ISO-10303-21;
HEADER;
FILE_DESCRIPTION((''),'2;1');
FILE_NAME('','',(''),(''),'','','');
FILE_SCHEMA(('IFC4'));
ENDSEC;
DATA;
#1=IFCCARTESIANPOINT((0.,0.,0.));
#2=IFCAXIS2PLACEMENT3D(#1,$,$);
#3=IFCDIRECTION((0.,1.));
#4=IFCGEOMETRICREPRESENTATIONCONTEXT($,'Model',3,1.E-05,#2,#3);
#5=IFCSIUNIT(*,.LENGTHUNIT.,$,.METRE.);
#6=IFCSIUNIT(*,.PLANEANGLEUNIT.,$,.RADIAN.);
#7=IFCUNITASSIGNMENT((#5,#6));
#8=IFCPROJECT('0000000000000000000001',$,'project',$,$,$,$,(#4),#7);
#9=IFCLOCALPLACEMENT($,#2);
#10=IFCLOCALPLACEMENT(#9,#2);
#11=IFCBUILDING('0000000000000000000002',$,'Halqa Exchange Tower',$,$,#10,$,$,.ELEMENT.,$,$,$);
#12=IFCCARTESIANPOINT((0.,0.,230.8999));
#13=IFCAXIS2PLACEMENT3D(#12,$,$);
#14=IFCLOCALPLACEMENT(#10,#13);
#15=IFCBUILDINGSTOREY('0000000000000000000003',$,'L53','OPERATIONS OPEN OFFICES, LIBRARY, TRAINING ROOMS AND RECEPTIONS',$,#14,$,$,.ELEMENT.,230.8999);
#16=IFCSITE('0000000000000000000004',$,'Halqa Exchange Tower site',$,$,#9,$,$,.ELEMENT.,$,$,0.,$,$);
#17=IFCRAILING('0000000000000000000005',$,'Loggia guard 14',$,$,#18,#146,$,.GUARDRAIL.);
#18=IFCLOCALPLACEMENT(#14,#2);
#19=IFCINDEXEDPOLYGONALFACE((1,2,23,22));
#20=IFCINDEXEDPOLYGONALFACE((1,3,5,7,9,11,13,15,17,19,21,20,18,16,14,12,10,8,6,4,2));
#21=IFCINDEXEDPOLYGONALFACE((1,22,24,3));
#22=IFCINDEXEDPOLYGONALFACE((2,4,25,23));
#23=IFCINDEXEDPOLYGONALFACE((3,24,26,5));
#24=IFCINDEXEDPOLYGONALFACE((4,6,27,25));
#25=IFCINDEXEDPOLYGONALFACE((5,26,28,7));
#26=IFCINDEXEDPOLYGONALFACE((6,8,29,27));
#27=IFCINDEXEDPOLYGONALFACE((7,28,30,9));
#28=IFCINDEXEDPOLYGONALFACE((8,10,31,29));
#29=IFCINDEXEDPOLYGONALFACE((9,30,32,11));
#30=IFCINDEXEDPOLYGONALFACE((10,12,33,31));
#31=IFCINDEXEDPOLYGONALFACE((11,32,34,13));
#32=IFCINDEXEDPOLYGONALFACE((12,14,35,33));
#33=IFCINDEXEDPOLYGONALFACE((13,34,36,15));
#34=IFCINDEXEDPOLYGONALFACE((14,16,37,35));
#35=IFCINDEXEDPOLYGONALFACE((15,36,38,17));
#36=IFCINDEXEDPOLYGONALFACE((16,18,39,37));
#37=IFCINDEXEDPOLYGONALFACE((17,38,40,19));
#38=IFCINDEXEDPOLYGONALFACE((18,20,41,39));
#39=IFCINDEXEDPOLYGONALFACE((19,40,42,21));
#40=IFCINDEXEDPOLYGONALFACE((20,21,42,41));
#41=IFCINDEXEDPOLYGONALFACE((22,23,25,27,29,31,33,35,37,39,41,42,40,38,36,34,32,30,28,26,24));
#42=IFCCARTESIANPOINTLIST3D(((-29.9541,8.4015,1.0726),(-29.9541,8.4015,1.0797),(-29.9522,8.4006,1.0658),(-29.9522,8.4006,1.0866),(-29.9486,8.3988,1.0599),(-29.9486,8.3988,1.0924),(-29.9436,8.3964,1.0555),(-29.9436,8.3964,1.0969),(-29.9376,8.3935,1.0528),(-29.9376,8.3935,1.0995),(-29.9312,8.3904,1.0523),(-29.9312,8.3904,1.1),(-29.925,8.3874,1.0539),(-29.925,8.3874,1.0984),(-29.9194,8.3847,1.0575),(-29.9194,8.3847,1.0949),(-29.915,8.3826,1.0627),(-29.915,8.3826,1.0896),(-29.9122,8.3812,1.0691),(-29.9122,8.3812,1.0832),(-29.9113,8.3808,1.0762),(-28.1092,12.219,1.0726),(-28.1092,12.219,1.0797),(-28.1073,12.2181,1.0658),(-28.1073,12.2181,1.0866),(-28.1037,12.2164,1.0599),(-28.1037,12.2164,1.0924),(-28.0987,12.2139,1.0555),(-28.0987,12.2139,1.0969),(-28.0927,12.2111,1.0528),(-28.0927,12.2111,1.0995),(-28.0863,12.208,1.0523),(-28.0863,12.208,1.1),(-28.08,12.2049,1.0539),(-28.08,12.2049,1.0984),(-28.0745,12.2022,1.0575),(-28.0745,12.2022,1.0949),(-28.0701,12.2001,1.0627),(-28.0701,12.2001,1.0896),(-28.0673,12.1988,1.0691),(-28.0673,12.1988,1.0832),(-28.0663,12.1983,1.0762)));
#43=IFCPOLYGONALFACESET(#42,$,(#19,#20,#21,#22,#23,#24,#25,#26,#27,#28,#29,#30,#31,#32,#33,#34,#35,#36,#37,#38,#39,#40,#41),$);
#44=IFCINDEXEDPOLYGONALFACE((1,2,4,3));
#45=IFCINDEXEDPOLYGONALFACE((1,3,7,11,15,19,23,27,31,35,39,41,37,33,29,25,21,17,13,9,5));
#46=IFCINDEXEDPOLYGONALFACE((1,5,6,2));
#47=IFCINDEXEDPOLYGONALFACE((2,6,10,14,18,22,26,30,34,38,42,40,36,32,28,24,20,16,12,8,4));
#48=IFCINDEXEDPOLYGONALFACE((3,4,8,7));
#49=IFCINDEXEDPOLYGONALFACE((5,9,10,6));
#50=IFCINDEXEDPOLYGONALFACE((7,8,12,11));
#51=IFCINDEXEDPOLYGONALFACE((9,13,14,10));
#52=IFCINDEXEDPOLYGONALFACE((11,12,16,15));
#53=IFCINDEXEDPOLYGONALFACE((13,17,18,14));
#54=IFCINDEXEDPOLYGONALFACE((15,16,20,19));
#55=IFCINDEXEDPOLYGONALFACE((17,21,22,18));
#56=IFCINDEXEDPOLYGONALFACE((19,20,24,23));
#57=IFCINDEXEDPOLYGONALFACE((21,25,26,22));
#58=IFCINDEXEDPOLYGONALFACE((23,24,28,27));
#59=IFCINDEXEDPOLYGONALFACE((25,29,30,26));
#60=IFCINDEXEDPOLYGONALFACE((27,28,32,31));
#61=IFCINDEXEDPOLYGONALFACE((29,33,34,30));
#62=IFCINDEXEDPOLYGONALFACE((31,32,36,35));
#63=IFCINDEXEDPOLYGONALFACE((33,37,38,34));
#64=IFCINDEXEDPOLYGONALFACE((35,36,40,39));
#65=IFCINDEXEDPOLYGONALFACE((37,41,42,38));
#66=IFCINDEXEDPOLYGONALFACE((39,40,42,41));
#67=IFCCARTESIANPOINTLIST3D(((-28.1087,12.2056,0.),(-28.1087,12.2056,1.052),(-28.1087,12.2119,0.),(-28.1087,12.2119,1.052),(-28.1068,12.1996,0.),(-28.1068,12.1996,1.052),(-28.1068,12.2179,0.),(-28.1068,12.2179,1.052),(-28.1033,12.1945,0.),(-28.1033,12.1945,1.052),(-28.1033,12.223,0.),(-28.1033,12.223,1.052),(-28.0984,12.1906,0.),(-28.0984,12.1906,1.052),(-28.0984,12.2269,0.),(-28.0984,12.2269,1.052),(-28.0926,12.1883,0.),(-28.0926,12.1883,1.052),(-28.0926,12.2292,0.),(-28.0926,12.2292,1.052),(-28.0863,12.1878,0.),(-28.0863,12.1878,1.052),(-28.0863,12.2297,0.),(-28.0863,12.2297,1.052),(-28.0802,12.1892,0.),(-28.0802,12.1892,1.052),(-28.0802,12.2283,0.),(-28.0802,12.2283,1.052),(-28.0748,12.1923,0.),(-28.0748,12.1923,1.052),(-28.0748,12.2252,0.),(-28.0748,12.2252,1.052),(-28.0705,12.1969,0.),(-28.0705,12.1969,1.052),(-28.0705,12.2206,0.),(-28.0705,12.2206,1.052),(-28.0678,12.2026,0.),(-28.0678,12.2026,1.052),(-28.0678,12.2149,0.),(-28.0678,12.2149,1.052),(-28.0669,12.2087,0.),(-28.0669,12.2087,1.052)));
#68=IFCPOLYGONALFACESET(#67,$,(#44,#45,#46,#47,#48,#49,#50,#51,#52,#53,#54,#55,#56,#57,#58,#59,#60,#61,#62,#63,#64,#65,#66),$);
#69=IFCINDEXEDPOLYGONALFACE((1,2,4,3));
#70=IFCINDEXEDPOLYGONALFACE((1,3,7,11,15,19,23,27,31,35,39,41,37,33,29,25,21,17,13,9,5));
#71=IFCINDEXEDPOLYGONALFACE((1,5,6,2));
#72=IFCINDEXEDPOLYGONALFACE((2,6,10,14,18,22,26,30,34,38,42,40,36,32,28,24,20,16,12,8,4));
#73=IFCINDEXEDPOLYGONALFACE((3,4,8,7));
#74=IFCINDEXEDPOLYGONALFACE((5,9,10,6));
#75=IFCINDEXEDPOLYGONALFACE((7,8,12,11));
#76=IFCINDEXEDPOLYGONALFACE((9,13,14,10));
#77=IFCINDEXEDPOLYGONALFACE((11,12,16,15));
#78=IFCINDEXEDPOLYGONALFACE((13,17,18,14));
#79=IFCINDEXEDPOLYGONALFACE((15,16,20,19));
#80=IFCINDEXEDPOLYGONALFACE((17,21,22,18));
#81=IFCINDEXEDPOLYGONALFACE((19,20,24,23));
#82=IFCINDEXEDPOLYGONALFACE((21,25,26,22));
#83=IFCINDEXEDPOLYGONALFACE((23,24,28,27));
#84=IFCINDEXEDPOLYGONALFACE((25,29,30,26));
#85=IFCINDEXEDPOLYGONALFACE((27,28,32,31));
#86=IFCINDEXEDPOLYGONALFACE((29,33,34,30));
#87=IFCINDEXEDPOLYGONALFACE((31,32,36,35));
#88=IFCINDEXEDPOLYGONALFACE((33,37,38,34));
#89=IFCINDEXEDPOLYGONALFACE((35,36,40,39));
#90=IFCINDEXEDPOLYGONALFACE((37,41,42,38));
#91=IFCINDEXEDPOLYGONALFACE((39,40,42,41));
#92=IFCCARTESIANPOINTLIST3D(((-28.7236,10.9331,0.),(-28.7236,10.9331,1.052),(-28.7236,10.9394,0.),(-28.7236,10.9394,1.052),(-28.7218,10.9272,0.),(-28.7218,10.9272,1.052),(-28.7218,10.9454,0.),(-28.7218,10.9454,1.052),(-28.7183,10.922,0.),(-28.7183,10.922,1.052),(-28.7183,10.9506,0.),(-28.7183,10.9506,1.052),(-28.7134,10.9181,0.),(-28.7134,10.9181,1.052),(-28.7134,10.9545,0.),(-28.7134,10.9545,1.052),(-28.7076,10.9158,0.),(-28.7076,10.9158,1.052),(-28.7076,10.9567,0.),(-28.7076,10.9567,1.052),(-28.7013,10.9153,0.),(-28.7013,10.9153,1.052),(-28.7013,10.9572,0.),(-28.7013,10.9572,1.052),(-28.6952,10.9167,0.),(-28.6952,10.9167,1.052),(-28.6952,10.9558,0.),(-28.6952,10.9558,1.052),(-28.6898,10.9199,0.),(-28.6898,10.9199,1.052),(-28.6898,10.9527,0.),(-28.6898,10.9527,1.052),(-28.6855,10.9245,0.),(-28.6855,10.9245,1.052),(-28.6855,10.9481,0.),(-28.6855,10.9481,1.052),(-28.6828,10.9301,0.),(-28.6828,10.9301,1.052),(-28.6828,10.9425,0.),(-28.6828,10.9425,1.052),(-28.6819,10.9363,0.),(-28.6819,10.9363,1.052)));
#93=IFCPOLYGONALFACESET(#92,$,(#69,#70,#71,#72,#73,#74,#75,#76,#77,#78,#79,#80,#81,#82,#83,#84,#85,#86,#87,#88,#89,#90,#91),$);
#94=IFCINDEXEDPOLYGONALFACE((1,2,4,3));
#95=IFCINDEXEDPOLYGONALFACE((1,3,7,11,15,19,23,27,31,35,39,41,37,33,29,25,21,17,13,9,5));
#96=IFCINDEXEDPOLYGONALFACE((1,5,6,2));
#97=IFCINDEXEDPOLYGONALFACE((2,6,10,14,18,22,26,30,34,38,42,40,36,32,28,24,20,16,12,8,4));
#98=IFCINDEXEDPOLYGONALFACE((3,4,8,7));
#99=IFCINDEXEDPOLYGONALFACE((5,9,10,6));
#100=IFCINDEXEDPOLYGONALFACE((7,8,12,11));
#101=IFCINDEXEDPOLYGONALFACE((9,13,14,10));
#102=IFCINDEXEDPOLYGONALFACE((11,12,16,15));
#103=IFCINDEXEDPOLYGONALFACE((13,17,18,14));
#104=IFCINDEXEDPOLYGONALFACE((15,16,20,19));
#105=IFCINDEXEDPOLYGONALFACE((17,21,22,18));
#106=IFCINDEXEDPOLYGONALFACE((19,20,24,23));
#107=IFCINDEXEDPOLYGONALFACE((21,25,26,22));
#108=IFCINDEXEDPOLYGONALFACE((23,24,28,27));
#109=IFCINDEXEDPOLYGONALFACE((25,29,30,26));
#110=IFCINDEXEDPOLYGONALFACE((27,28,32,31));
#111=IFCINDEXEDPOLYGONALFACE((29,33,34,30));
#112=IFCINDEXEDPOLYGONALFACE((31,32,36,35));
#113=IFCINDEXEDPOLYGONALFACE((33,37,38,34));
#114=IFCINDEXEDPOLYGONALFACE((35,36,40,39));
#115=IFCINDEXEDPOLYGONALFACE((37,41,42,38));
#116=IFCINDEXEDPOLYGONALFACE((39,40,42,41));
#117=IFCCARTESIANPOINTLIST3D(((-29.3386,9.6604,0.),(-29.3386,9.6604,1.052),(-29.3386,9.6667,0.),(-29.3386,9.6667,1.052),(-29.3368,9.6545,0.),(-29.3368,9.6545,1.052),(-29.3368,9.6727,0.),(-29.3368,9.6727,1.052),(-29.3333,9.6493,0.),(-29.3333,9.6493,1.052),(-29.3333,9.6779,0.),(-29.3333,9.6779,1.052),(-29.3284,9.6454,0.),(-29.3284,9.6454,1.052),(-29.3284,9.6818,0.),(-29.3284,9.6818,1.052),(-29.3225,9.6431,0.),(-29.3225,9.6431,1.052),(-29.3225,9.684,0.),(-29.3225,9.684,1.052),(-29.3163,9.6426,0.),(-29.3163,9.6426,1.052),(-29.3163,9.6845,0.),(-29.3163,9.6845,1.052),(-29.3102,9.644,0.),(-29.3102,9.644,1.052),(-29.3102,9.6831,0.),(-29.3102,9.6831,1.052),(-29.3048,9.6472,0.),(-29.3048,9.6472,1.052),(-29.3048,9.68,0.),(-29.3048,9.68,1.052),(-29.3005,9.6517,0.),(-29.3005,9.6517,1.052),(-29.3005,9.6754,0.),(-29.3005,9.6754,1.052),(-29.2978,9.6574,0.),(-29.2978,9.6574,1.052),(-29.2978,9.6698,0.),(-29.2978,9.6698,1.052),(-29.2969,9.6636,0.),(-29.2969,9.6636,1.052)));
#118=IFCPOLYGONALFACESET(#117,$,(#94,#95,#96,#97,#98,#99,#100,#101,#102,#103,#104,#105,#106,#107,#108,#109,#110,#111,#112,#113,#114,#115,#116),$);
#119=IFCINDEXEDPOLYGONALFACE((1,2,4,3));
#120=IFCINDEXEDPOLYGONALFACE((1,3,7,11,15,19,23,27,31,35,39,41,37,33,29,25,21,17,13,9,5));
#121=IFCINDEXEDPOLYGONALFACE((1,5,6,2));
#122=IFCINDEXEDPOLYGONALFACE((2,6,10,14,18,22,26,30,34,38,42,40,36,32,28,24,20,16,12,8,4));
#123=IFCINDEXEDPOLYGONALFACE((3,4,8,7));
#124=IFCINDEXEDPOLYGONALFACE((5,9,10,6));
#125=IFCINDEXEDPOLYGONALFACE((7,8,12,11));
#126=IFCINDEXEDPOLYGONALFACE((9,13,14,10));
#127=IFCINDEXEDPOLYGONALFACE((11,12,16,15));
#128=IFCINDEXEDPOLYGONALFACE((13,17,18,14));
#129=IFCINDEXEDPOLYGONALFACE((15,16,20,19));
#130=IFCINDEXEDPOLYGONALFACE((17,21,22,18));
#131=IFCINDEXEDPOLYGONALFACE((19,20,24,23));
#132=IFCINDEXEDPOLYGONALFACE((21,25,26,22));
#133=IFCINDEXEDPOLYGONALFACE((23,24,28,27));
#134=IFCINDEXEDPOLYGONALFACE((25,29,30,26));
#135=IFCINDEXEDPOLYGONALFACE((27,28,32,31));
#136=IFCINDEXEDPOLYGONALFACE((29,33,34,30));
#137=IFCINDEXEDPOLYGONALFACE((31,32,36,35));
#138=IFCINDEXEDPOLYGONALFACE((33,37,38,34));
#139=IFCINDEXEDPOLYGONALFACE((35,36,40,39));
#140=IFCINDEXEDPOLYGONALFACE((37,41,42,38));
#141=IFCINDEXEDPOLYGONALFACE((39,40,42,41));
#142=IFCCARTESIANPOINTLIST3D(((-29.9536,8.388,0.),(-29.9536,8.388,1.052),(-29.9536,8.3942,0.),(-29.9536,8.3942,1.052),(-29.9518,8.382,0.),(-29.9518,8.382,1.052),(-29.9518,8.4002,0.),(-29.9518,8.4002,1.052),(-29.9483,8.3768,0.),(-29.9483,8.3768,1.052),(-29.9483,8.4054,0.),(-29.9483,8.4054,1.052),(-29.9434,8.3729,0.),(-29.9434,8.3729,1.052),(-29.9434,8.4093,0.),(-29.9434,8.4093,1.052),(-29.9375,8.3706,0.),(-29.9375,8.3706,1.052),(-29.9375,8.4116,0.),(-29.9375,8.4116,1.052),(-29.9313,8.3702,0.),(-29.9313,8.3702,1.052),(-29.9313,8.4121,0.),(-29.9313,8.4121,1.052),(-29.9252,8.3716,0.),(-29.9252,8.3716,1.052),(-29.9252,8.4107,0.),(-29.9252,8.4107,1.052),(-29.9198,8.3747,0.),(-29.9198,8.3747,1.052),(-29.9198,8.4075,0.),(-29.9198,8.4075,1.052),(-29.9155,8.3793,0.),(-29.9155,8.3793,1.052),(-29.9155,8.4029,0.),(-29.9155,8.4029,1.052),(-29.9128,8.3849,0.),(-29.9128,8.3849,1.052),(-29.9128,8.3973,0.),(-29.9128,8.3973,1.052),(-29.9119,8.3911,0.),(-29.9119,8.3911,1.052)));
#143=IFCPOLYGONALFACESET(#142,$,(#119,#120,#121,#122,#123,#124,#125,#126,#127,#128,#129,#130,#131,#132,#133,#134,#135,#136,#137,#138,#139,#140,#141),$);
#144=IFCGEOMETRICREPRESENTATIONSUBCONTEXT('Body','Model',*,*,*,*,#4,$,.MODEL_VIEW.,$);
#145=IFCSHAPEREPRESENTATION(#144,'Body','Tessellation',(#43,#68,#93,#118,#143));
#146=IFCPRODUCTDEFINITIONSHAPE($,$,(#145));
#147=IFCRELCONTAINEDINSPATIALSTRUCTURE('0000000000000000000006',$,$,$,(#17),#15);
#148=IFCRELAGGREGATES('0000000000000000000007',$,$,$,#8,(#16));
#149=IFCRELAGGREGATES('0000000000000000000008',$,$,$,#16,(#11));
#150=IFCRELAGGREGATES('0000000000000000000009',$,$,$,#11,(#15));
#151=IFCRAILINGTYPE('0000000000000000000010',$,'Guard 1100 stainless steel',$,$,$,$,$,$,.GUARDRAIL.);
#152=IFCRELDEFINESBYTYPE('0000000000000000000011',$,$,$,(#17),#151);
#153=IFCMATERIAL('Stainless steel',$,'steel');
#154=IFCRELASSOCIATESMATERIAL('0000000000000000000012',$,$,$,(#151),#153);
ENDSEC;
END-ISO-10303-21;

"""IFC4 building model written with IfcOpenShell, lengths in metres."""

from ifc_helpers import new_model, si_unit, direction, frame, origin, origin_2d, place, context, subcontext, project, spatial, circle, extrude, material, type_object, element, save


model = new_model("IFC4")

# Units and contexts
model_context = context("Model", 3, precision=1e-05, world=origin(), true_north=direction((0.0, 1.0)))
body_context = subcontext(model_context, "Body", "Model", "MODEL_VIEW")
ifc_project = project(units=[si_unit("LENGTHUNIT", "METRE"), si_unit("PLANEANGLEUNIT", "RADIAN")], contexts=[model_context])

# Site, building, storey
site_placement = place(None, origin())
site = spatial("IfcSite", under=ifc_project, at=site_placement, Name="Halqa Exchange Tower site", CompositionType="ELEMENT", RefElevation=0.0)
building_placement = place(site_placement, origin())
building = spatial("IfcBuilding", under=site, at=building_placement, Name="Halqa Exchange Tower", CompositionType="ELEMENT")
storey_placement = place(building_placement, frame((0.0, 0.0, 230.8999)))
storey = spatial("IfcBuildingStorey", under=building, at=storey_placement, Name="L53", Description="OPERATIONS OPEN OFFICES, LIBRARY, TRAINING ROOMS AND RECEPTIONS", CompositionType="ELEMENT", Elevation=230.8999)

# Railing
ifc_material_1 = material(Name="Stainless steel", Category="steel")
railing_type = type_object("IfcRailingType", Name="Guard 1100 stainless steel", PredefinedType="GUARDRAIL", material=ifc_material_1)
railing_1_placement = place(storey_placement, frame((-28.0879, 12.2087, 0.0)))
element("IfcRailing", 1, at=railing_1_placement, inside=storey, type_object=railing_type, Name="Loggia guard 14", PredefinedType="GUARDRAIL", context=body_context, shape_type="SweptSolid", body=[
    extrude(circle(Radius=0.0239, at=origin_2d()), frame((0.0, 0.0, 1.0762), z_axis=(-0.435127, -0.900369, 0.0), x_axis=(0.900369, -0.435127, 0.0)), (0.0, 0.0, 1.0), 4.24),
    extrude(circle(Radius=0.021, at=origin_2d()), origin(), (0.0, 0.0, 1.0), 1.052),
    extrude(circle(Radius=0.021, at=origin_2d()), frame((-0.615, -1.2725, 0.0)), (0.0, 0.0, 1.0), 1.052),
    extrude(circle(Radius=0.021, at=origin_2d()), frame((-1.23, -2.5452, 0.0)), (0.0, 0.0, 1.0), 1.052),
    extrude(circle(Radius=0.021, at=origin_2d()), frame((-1.845, -3.8176, 0.0)), (0.0, 0.0, 1.0), 1.052),
])

save(model, "model.ifc")
